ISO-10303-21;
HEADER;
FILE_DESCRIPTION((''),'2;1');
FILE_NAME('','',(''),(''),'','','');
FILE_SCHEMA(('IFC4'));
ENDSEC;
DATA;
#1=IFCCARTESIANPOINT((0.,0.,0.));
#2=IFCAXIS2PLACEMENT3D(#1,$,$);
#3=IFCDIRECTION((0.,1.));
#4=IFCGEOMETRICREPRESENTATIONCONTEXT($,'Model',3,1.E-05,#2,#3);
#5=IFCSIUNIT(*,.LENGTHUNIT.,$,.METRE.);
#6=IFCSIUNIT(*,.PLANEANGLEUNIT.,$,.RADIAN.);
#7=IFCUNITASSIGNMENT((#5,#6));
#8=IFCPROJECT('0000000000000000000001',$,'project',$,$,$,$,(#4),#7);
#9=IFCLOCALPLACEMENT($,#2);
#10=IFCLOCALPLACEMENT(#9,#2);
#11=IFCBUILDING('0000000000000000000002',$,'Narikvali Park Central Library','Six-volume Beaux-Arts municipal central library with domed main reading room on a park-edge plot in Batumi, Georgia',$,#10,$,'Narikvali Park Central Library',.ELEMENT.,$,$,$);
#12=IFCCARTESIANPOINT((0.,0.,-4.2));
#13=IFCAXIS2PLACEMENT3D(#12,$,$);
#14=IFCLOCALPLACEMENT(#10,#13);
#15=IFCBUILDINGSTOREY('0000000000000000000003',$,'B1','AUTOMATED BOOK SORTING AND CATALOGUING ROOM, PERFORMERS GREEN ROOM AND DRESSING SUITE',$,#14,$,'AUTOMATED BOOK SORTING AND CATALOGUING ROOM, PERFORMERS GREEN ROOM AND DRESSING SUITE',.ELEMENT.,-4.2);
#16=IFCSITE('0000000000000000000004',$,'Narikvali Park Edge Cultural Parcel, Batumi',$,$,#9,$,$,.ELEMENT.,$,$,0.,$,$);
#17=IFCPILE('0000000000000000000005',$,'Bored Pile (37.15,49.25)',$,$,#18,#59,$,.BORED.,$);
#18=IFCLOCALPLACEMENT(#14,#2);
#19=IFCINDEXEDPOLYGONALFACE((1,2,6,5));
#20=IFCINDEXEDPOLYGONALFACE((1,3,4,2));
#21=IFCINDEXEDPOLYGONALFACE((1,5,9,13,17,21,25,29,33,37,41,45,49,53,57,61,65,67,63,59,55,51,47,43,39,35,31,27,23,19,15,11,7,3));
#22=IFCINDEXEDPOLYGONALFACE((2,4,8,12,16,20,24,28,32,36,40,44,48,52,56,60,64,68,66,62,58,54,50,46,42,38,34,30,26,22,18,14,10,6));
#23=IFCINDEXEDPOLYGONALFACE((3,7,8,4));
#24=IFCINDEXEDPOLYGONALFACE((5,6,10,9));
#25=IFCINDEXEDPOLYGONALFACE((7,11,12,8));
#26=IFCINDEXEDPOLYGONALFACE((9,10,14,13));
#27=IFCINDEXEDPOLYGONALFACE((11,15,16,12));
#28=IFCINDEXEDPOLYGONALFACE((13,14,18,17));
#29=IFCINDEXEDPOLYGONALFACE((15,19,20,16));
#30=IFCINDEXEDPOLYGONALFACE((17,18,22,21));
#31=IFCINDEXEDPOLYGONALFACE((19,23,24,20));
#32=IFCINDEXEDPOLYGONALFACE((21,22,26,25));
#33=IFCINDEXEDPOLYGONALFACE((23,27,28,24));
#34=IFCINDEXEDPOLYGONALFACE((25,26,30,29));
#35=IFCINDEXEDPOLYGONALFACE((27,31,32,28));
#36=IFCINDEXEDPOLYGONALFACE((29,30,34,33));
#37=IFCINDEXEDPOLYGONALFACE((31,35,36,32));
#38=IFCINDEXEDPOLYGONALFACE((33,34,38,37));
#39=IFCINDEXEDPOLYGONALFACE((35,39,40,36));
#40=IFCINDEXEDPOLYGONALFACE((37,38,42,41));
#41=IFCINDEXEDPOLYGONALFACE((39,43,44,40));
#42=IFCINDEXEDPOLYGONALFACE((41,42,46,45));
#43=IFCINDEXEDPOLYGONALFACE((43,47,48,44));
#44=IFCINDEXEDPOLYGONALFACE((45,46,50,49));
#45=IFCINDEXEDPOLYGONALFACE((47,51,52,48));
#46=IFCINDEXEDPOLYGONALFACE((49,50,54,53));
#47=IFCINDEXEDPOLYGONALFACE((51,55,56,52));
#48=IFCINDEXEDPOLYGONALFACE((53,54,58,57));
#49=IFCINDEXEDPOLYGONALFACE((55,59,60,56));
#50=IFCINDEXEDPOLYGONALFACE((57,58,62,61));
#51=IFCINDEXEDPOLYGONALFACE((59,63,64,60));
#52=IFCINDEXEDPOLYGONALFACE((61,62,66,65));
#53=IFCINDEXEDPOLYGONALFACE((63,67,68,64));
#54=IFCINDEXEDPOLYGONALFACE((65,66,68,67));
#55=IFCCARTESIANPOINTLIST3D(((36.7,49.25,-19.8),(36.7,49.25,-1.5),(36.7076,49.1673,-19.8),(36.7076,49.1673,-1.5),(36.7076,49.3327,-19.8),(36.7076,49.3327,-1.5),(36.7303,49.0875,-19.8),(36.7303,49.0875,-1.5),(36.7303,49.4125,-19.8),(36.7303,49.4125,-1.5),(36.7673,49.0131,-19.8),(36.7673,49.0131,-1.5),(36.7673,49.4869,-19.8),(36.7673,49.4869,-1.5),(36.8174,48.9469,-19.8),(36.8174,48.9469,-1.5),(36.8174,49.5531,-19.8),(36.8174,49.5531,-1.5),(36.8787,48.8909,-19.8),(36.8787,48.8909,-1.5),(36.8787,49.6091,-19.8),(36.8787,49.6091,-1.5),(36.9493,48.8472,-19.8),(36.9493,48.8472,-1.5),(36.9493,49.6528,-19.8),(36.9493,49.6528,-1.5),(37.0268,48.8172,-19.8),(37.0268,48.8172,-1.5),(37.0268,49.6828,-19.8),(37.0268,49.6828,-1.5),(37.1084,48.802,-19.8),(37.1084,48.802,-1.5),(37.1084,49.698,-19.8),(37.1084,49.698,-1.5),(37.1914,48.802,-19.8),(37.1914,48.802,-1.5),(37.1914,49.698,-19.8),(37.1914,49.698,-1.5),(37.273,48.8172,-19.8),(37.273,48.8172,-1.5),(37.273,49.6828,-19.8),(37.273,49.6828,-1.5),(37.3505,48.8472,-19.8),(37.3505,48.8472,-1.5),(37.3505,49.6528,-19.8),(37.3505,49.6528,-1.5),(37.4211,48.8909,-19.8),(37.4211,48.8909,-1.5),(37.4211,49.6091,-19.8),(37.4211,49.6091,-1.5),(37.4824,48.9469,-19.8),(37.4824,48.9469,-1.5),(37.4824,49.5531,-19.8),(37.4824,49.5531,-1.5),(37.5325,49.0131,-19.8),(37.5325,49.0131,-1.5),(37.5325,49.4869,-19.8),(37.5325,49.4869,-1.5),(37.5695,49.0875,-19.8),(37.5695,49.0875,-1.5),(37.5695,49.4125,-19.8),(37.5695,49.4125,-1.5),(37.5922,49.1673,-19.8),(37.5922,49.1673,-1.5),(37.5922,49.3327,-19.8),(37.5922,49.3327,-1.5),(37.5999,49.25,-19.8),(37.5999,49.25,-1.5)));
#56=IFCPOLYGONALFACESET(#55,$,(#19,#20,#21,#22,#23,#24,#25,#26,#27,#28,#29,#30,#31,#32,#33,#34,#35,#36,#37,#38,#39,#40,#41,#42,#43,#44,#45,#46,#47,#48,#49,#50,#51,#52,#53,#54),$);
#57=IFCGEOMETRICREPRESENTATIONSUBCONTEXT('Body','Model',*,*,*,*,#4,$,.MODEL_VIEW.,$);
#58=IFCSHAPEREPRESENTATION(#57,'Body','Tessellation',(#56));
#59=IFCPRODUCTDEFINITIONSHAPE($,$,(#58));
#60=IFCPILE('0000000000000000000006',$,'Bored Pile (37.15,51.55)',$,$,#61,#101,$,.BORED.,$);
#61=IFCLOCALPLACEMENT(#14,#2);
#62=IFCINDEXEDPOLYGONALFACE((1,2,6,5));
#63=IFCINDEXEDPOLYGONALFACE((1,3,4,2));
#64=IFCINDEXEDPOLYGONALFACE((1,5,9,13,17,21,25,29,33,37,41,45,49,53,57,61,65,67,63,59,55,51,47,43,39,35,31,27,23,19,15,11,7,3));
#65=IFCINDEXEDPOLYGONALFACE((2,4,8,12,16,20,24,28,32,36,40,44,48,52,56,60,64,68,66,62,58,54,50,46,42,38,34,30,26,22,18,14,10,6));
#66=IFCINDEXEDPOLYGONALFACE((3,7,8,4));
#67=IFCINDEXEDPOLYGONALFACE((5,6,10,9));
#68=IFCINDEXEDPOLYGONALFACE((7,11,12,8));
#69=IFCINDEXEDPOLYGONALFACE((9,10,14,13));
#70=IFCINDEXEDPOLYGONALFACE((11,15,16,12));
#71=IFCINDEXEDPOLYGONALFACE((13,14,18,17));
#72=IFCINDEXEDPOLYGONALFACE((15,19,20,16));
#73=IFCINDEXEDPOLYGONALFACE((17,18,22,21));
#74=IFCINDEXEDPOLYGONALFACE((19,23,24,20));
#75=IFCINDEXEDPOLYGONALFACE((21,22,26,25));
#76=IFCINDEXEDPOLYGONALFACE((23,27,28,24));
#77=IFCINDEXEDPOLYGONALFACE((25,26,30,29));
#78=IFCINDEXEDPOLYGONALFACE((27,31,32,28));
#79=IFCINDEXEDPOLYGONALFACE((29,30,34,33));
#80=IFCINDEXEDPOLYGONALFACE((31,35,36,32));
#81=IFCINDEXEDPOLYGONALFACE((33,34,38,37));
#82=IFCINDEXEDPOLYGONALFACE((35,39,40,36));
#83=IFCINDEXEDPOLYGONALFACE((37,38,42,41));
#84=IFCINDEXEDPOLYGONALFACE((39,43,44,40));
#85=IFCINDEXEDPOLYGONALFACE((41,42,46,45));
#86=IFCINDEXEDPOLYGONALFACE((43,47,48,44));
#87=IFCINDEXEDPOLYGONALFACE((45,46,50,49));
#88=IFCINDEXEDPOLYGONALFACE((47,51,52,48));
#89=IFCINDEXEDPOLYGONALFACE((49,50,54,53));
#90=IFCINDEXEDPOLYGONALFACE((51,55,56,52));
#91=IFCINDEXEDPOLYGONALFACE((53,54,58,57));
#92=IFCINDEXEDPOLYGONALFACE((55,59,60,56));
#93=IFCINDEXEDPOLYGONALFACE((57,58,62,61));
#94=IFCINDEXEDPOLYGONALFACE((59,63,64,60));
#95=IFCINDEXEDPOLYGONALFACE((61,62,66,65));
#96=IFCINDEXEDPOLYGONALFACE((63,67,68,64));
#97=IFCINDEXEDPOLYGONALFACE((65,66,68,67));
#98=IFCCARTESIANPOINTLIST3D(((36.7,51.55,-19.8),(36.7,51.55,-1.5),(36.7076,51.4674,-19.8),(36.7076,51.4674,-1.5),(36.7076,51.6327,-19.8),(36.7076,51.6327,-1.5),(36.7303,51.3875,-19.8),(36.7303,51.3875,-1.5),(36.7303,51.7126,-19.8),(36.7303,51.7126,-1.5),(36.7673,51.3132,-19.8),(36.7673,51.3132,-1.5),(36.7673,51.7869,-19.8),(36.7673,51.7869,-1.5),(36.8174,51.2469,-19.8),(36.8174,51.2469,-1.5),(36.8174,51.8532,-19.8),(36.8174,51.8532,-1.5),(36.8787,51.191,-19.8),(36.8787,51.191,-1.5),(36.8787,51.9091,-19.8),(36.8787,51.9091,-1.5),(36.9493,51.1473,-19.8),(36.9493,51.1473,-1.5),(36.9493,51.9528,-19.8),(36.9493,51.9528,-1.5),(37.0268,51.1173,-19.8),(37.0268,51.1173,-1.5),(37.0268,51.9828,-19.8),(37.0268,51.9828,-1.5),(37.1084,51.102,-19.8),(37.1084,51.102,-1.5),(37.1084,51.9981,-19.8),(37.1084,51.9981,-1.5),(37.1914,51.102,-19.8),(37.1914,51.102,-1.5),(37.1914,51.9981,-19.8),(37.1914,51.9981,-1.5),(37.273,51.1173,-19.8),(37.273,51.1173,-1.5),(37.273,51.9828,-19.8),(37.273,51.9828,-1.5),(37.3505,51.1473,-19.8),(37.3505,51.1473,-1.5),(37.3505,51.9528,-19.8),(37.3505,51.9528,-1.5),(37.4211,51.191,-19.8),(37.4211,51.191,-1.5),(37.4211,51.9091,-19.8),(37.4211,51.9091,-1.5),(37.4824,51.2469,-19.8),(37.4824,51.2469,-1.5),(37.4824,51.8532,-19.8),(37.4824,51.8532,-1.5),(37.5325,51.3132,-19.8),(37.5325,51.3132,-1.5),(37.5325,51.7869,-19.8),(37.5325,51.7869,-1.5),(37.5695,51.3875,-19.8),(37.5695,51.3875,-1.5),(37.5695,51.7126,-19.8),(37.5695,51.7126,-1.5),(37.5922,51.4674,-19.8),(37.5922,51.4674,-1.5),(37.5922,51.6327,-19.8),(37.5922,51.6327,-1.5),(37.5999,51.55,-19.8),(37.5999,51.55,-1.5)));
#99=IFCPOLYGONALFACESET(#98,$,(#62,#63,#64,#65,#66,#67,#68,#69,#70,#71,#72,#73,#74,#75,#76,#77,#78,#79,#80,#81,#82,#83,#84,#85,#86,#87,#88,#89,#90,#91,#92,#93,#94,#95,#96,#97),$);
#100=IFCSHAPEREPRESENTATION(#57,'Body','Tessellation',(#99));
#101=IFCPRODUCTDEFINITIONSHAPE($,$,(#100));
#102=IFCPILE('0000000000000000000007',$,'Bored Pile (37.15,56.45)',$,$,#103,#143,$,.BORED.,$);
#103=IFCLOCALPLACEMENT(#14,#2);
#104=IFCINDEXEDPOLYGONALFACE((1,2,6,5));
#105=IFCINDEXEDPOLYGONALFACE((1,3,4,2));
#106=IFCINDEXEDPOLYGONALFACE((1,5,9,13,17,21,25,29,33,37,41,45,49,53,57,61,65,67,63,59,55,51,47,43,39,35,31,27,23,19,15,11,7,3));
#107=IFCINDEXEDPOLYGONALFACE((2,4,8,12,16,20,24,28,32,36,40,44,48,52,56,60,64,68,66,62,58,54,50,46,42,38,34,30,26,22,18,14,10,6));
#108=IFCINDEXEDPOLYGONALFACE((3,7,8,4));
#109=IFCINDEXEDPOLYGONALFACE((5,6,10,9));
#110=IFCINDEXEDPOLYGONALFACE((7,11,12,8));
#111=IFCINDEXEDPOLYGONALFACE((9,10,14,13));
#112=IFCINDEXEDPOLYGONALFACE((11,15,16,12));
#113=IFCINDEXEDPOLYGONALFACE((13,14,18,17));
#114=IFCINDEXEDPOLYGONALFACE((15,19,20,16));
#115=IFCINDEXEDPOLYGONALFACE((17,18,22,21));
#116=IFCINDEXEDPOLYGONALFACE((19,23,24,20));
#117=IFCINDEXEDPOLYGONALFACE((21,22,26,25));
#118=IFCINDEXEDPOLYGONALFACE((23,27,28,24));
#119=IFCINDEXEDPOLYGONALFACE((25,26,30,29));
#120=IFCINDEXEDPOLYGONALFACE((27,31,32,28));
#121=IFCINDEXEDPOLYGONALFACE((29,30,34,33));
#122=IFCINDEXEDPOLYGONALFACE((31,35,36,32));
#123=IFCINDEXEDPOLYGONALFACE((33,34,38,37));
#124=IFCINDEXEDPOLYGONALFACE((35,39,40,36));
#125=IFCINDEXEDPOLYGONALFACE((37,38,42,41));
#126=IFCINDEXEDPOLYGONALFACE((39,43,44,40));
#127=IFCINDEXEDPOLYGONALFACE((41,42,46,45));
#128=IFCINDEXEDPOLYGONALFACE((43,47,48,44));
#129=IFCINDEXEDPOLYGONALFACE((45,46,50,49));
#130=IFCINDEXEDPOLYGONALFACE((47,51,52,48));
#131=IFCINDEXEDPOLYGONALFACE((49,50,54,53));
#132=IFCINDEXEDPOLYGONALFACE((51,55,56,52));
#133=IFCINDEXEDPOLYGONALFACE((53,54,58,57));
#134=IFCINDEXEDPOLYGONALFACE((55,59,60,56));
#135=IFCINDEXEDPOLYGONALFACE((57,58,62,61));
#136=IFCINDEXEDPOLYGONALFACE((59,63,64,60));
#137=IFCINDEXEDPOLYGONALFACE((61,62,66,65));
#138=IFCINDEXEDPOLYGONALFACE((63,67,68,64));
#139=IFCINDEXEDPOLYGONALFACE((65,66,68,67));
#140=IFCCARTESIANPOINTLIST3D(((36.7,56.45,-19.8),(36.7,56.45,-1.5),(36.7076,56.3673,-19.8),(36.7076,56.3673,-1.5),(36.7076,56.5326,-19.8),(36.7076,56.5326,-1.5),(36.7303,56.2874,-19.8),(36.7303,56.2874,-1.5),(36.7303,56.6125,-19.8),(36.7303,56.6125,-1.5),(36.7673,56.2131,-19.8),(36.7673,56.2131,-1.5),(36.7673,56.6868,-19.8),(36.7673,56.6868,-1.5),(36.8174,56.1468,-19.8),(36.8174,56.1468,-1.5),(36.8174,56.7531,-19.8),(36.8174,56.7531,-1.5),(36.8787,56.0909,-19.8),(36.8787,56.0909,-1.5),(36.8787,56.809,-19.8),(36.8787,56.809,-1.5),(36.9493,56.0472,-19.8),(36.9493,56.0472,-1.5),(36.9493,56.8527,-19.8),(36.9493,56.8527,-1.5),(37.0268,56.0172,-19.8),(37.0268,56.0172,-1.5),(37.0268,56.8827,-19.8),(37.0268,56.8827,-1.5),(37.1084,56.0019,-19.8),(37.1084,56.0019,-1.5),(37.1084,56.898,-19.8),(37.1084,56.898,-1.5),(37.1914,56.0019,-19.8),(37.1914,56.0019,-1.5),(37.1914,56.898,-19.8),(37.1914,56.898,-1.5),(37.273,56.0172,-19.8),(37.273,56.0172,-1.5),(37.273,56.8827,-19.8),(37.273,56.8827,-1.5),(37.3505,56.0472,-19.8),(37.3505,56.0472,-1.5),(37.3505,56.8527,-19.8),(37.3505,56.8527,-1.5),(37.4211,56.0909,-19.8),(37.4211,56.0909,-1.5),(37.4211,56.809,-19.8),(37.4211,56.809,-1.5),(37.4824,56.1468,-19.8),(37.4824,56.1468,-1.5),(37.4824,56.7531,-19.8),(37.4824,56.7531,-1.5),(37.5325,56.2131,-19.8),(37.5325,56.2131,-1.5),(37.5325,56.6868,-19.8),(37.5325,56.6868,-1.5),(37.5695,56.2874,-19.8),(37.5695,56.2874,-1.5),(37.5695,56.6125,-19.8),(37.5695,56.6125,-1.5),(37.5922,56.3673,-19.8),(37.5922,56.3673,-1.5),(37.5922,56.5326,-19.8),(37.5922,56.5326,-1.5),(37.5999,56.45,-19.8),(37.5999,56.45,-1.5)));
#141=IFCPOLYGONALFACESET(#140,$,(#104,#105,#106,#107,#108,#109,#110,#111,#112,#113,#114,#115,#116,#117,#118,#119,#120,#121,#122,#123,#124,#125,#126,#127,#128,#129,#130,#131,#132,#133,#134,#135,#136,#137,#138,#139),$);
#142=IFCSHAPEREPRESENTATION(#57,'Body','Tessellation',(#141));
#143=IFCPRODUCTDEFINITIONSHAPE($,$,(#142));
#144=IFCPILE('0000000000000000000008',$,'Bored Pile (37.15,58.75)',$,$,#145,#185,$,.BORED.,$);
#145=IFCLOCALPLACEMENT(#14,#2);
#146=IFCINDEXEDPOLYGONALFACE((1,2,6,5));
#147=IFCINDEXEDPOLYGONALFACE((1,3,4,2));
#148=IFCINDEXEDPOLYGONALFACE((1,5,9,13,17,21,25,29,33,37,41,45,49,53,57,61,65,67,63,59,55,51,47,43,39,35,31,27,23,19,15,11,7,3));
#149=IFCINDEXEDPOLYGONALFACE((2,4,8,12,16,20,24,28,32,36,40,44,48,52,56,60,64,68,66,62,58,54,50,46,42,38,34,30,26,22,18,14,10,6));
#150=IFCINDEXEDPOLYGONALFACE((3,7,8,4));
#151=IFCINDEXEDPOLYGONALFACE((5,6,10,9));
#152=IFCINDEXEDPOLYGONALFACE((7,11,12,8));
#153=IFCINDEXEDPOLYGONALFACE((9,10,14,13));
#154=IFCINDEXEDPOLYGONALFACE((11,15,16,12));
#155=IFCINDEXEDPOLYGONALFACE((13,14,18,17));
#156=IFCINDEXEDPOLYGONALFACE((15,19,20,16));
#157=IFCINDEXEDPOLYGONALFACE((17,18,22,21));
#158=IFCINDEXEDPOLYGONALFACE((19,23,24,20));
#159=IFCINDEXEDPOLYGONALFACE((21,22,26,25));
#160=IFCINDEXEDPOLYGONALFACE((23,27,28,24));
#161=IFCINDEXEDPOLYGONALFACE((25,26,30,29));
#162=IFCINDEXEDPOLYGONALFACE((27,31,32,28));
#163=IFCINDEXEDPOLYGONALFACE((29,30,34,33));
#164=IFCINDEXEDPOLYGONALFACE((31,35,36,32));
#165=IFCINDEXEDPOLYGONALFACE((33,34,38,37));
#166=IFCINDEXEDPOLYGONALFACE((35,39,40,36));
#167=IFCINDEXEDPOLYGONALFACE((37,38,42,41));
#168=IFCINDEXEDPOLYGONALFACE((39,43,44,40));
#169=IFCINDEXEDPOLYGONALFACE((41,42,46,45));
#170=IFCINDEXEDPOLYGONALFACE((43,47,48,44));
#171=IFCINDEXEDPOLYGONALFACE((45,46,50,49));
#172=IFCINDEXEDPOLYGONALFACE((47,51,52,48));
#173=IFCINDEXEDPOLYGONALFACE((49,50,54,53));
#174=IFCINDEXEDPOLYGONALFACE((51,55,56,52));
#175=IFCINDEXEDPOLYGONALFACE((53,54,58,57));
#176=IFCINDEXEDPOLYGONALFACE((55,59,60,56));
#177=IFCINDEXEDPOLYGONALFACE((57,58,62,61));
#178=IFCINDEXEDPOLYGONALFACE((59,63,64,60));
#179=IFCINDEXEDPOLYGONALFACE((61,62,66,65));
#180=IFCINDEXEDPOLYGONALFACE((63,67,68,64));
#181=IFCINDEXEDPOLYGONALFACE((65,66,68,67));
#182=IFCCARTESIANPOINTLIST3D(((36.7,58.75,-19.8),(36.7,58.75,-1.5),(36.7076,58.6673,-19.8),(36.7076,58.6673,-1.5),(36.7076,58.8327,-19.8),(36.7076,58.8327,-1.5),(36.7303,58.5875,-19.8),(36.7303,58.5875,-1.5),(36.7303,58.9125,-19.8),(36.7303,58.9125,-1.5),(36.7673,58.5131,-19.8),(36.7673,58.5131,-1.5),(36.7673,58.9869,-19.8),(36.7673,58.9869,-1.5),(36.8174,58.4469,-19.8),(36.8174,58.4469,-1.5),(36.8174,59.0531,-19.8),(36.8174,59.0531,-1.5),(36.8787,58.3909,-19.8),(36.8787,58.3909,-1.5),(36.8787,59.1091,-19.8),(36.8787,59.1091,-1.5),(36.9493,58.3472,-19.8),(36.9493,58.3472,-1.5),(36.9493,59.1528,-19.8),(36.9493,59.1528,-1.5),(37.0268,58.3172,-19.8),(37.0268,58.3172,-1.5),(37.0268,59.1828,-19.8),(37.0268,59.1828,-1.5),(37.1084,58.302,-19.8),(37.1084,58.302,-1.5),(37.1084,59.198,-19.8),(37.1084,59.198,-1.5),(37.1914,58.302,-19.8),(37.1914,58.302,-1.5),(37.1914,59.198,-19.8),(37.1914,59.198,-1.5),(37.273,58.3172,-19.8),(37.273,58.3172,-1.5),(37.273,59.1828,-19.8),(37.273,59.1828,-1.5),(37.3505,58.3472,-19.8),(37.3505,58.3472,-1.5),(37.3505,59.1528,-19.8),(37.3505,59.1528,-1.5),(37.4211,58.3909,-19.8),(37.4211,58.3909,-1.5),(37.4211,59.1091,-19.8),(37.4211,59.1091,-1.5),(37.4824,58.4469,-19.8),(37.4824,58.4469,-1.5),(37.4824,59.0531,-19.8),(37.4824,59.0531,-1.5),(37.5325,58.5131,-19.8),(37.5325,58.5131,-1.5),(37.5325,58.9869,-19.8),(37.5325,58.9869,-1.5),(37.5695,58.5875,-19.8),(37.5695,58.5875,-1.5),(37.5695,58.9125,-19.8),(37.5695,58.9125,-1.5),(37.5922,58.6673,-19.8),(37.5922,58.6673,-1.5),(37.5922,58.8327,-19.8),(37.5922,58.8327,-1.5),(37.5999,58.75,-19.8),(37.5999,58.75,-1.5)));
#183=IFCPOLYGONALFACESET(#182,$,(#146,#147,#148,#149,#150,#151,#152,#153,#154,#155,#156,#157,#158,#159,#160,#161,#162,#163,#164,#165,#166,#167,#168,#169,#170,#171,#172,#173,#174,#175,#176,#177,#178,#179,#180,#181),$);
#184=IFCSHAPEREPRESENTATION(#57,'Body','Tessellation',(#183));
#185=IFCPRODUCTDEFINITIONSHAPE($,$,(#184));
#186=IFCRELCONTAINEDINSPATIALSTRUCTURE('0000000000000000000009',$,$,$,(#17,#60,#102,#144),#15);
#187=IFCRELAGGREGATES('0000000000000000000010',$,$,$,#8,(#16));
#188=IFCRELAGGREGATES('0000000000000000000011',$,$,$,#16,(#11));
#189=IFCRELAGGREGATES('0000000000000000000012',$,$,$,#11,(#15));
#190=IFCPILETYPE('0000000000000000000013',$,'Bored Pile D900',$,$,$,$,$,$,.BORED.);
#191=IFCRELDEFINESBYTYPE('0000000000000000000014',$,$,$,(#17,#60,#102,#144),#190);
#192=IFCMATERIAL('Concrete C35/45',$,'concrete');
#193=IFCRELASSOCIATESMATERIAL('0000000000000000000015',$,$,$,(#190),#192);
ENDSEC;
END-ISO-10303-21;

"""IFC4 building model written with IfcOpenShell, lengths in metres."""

from ifc_helpers import new_model, si_unit, direction, frame, origin, origin_2d, place, context, subcontext, project, spatial, circle, extrude, material, material_profile, profile_set, type_object, element, save


model = new_model("IFC4")

# Units and contexts
model_context = context("Model", 3, precision=1e-05, world=origin(), true_north=direction((0.0, 1.0)))
body_context = subcontext(model_context, "Body", "Model", "MODEL_VIEW")
ifc_project = project(units=[si_unit("LENGTHUNIT", "METRE"), si_unit("PLANEANGLEUNIT", "RADIAN")], contexts=[model_context])

# Site, building, storey
site_placement = place(None, origin())
site = spatial("IfcSite", under=ifc_project, at=site_placement, Name="Narikvali Park Edge Cultural Parcel, Batumi", CompositionType="ELEMENT", RefElevation=0.0)
building_placement = place(site_placement, origin())
building = spatial("IfcBuilding", under=site, at=building_placement, Name="Narikvali Park Central Library", Description="Six-volume Beaux-Arts municipal central library with domed main reading room on a park-edge plot in Batumi, Georgia", LongName="Narikvali Park Central Library", CompositionType="ELEMENT")
storey_placement = place(building_placement, frame((0.0, 0.0, -4.2)))
storey = spatial("IfcBuildingStorey", under=building, at=storey_placement, Name="B1", Description="AUTOMATED BOOK SORTING AND CATALOGUING ROOM, PERFORMERS GREEN ROOM AND DRESSING SUITE", LongName="AUTOMATED BOOK SORTING AND CATALOGUING ROOM, PERFORMERS GREEN ROOM AND DRESSING SUITE", CompositionType="ELEMENT", Elevation=-4.2)

# Piles
ifc_material_1 = material(Name="Concrete C35/45", Category="concrete")
ifc_material_profile_1 = material_profile(ifc_material_1, circle(Radius=0.45, at=origin_2d()), Name="PILE D900")
ifc_profile_set_1 = profile_set([ifc_material_profile_1], Name="Concrete C35/45")
pile_type = type_object("IfcPileType", Name="Bored Pile D900", PredefinedType="BORED", material=ifc_profile_set_1)
for number, where, z_axis, x_axis, name in (
    (1, (37.1499, 49.25, -1.5), (0.0, 0.0, -1.0), (1.0, 0.0, 0.0), "Bored Pile (37.15,49.25)"),
    (2, (37.1499, 51.55, -1.5), (0.0, 0.0, -1.0), (1.0, 0.0, 0.0), "Bored Pile (37.15,51.55)"),
    (3, (37.1499, 56.45, -1.5), (0.0, 0.0, -1.0), (1.0, 0.0, 0.0), "Bored Pile (37.15,56.45)"),
    (4, (37.1499, 58.75, -1.5), (0.0, 0.0, -1.0), (1.0, 0.0, 0.0), "Bored Pile (37.15,58.75)"),
):
    element("IfcPile", number, at=place(storey_placement, frame(where, z_axis=z_axis, x_axis=x_axis)), inside=storey, type_object=pile_type, Name=name, PredefinedType="BORED", context=body_context, shape_type="SweptSolid", body=[
        extrude(circle(Radius=0.45, at=origin_2d()), origin(), (0.0, 0.0, 1.0), 18.3),
    ])

save(model, "model.ifc")
